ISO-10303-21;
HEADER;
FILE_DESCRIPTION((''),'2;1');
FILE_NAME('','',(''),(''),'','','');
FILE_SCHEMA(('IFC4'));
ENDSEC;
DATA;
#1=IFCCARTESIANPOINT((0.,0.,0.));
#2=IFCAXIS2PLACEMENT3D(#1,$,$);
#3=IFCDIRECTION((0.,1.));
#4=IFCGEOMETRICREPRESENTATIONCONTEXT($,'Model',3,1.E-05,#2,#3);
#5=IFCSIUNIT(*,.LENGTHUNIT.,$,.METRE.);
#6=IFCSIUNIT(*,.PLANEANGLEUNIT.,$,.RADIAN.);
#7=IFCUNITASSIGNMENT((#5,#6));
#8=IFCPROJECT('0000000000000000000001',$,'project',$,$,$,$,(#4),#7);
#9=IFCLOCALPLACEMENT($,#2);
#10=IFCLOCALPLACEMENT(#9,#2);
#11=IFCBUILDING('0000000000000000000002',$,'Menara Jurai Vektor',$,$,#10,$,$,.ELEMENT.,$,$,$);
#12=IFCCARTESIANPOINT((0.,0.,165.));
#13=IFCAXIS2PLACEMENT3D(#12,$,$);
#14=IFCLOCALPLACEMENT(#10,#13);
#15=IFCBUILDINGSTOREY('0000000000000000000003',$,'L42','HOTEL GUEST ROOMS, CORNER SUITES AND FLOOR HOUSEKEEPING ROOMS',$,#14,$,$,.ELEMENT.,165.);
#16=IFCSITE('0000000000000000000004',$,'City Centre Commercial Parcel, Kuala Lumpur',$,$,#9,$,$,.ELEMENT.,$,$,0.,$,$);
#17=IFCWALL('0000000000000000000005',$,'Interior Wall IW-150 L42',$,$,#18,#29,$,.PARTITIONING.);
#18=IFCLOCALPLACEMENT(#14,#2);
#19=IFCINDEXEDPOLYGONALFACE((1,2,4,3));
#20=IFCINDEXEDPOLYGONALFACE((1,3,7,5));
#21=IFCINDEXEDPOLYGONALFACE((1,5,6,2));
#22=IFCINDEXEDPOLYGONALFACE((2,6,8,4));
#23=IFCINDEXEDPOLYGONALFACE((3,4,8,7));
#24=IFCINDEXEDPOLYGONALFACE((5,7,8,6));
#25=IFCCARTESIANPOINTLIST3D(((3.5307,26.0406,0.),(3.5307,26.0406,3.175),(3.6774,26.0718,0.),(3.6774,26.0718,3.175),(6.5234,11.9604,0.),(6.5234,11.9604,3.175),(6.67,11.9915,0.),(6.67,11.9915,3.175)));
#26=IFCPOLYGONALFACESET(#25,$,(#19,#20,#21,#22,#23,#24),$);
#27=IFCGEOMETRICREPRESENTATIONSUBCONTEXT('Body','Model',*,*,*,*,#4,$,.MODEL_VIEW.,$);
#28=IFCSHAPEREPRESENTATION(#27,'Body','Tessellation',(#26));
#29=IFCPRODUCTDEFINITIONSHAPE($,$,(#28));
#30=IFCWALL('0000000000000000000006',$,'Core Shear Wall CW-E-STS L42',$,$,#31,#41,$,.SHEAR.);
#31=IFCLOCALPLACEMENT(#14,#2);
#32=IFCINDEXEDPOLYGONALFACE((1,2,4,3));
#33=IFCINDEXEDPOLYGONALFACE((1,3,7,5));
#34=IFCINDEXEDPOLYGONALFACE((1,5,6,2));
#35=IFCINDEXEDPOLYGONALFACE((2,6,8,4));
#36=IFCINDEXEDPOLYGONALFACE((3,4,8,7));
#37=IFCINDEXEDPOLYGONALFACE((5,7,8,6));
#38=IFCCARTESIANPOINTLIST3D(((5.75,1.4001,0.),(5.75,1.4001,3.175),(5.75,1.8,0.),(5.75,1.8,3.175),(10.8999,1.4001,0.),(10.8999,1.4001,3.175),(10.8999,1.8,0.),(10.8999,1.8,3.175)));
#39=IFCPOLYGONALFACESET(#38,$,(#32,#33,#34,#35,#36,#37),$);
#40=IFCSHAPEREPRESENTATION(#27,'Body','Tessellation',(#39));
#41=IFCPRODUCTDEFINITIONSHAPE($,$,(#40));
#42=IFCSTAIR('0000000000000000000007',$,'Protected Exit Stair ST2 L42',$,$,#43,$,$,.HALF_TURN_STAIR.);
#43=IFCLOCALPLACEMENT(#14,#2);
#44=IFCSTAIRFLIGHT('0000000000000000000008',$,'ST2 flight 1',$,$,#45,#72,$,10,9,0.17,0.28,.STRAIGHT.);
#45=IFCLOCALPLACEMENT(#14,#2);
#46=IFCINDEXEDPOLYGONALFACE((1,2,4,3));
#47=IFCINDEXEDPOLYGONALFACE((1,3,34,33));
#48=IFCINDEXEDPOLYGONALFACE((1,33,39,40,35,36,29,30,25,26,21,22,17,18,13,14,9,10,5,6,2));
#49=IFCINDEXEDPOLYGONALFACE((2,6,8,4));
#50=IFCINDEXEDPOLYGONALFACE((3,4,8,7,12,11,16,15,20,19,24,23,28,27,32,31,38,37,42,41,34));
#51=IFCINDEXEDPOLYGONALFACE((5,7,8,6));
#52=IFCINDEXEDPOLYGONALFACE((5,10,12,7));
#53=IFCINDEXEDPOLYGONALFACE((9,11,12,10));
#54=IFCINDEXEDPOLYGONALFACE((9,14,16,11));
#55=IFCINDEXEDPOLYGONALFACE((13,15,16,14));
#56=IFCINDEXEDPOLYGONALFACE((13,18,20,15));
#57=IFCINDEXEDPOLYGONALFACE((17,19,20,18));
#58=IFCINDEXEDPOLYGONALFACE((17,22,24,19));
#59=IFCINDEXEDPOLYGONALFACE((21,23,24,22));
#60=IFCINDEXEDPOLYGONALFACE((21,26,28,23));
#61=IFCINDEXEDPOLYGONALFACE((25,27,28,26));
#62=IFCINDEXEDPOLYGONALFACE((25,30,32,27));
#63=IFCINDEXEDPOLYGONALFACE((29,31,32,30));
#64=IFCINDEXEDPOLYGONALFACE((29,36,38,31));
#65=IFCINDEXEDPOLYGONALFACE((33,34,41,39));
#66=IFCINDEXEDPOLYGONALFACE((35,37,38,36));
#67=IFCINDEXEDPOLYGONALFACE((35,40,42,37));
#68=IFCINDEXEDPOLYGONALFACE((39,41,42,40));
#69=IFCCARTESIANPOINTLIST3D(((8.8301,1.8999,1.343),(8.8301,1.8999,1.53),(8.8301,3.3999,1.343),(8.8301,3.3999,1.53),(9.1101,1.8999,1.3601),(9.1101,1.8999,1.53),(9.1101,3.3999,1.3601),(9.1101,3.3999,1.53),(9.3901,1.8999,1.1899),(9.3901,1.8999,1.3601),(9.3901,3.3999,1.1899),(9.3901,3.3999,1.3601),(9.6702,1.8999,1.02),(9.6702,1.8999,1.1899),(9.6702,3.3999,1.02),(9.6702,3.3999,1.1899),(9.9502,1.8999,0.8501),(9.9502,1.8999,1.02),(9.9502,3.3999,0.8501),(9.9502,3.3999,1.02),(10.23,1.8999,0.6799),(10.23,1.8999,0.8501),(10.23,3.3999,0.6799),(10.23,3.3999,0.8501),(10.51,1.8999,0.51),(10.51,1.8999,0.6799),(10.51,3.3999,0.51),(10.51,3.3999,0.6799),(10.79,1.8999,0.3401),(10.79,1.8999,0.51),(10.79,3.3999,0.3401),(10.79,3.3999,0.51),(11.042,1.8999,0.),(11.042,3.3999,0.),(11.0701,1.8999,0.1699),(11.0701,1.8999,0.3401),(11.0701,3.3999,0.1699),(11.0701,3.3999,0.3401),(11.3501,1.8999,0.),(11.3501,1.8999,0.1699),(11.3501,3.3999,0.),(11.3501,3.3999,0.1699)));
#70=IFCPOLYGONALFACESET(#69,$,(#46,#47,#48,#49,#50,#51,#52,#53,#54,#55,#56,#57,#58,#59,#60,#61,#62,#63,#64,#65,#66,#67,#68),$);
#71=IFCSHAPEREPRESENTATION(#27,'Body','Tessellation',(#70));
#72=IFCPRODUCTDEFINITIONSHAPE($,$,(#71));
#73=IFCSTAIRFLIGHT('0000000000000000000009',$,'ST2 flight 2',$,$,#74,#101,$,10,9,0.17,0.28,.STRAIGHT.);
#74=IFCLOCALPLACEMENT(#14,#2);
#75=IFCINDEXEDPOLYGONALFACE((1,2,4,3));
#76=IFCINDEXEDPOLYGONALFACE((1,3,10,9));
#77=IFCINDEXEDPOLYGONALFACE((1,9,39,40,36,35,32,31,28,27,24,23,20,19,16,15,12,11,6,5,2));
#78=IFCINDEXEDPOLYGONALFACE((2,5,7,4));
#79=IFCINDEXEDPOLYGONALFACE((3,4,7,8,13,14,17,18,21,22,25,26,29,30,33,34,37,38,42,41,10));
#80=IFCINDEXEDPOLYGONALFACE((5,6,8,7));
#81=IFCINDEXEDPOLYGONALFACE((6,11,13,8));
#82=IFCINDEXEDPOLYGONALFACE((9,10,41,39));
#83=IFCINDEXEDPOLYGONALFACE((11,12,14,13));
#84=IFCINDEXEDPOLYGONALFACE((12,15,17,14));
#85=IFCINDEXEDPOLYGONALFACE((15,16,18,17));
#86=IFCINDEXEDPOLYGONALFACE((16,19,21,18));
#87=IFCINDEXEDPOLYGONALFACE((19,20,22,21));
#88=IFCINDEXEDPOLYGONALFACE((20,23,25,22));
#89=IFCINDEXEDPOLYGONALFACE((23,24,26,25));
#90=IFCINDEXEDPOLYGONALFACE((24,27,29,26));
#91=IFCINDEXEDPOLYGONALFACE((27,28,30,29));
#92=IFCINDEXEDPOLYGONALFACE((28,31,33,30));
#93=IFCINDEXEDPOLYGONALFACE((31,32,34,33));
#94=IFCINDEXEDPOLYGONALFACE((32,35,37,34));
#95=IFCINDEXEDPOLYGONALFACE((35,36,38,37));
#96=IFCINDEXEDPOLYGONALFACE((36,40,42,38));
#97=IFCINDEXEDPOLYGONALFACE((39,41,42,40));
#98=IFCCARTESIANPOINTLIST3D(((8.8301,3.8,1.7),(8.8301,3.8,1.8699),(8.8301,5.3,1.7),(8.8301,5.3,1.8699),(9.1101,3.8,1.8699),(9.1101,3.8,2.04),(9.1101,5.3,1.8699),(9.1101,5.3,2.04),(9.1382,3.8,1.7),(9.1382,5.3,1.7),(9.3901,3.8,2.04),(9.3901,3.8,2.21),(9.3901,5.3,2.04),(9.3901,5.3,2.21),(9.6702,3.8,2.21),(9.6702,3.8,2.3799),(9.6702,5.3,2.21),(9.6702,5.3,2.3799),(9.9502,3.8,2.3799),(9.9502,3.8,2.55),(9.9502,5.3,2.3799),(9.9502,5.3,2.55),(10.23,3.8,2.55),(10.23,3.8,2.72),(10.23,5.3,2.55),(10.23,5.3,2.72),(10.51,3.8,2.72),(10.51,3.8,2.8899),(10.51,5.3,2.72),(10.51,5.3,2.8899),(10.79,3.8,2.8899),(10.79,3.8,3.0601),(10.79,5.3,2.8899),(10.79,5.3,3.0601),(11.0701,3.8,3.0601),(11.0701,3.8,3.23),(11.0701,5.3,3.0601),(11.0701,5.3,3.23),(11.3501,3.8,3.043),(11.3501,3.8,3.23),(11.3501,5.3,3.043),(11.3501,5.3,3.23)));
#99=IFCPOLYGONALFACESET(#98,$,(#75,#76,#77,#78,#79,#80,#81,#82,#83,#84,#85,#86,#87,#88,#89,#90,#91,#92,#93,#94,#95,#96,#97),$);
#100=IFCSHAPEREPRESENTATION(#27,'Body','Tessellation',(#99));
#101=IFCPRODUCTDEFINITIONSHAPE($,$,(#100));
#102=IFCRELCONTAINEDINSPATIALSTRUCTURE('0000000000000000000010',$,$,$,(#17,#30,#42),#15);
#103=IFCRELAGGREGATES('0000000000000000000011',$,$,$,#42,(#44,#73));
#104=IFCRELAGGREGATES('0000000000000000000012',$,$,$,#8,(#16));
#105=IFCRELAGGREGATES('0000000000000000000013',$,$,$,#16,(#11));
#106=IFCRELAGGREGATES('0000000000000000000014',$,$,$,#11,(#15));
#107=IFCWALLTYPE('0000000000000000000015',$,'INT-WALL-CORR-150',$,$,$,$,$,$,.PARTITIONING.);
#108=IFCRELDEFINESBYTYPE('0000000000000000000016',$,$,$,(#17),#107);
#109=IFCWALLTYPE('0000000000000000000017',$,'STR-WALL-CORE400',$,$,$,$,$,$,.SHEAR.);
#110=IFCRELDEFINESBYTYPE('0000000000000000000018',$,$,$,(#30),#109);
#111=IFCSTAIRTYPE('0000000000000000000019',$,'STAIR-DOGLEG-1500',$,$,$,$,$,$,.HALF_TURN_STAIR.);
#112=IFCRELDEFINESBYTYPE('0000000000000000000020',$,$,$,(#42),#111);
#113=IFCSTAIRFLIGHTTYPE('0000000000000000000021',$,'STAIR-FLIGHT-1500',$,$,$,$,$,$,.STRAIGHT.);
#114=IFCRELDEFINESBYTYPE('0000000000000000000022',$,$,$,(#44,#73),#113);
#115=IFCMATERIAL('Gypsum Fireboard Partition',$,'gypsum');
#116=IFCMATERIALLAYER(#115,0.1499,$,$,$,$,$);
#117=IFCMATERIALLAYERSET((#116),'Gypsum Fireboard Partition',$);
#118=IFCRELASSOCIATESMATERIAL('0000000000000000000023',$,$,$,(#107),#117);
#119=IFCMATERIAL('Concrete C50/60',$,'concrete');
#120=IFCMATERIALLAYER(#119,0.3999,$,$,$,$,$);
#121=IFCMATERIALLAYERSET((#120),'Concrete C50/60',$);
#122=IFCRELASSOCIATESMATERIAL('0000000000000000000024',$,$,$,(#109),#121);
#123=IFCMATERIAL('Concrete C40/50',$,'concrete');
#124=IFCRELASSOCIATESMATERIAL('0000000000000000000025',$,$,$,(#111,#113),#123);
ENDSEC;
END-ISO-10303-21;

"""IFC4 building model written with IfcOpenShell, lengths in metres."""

from ifc_helpers import new_model, si_unit, direction, frame, frame_2d, origin, place, context, subcontext, project, spatial, polyline, rectangle, outline, extrude, material, layer, layer_set, type_object, element, aggregate, save


model = new_model("IFC4")

# Units and contexts
model_context = context("Model", 3, precision=1e-05, world=origin(), true_north=direction((0.0, 1.0)))
body_context = subcontext(model_context, "Body", "Model", "MODEL_VIEW")
ifc_project = project(units=[si_unit("LENGTHUNIT", "METRE"), si_unit("PLANEANGLEUNIT", "RADIAN")], contexts=[model_context])

# Site, building, storey
site_placement = place(None, origin())
site = spatial("IfcSite", under=ifc_project, at=site_placement, Name="City Centre Commercial Parcel, Kuala Lumpur", CompositionType="ELEMENT", RefElevation=0.0)
building_placement = place(site_placement, origin())
building = spatial("IfcBuilding", under=site, at=building_placement, Name="Menara Jurai Vektor", CompositionType="ELEMENT")
storey_placement = place(building_placement, frame((0.0, 0.0, 165.0)))
storey = spatial("IfcBuildingStorey", under=building, at=storey_placement, Name="L42", Description="HOTEL GUEST ROOMS, CORNER SUITES AND FLOOR HOUSEKEEPING ROOMS", CompositionType="ELEMENT", Elevation=165.0)

# Shared definitions
ifc_material_1 = material(Name="Concrete C50/60", Category="concrete")

# Shared definitions
ifc_material_2 = material(Name="Concrete C40/50", Category="concrete")
ifc_material_3 = material(Name="Gypsum Fireboard Partition", Category="gypsum")
ifc_layer_1 = layer(ifc_material_3, 0.1499)
ifc_layer_set_1 = layer_set([ifc_layer_1], Name="Gypsum Fireboard Partition")
wall_type_1 = type_object("IfcWallType", Name="INT-WALL-CORR-150", PredefinedType="PARTITIONING", material=ifc_layer_set_1)

# Walls
wall_1_placement = place(storey_placement, frame((6.5967, 11.9761, 0.0), z_axis=(0.0, 0.0, 1.0), x_axis=(-0.207899, 0.97815, 0.0)))
element("IfcWall", 1, at=wall_1_placement, inside=storey, type_object=wall_type_1, Name="Interior Wall IW-150 L42", PredefinedType="PARTITIONING", context=body_context, shape_type="SweptSolid", body=[
    extrude(rectangle(XDim=14.3948, YDim=0.1499, at=frame_2d((7.1973, 0.0))), origin(), (0.0, 0.0, 1.0), 3.175),
])
ifc_layer_2 = layer(ifc_material_1, 0.3999)
ifc_layer_set_2 = layer_set([ifc_layer_2], Name="Concrete C50/60")
wall_type_2 = type_object("IfcWallType", Name="STR-WALL-CORE400", PredefinedType="SHEAR", material=ifc_layer_set_2)
wall_2_placement = place(storey_placement, frame((5.75, 1.6001, 0.0), z_axis=(0.0, 0.0, 1.0), x_axis=(1.0, 0.0, 0.0)))
element("IfcWall", 2, at=wall_2_placement, inside=storey, type_object=wall_type_2, Name="Core Shear Wall CW-E-STS L42", PredefinedType="SHEAR", context=body_context, shape_type="SweptSolid", body=[
    extrude(rectangle(XDim=5.1499, YDim=0.3999, at=frame_2d((2.575, 0.0))), origin(), (0.0, 0.0, 1.0), 3.175),
])

# Stair, stair flights
stair_type = type_object("IfcStairType", Name="STAIR-DOGLEG-1500", PredefinedType="HALF_TURN_STAIR", material=ifc_material_2)
stair_placement = place(storey_placement, origin())
stair = element("IfcStair", 3, at=stair_placement, inside=storey, type_object=stair_type, Name="Protected Exit Stair ST2 L42", PredefinedType="HALF_TURN_STAIR")
stair_flight_type = type_object("IfcStairFlightType", Name="STAIR-FLIGHT-1500", PredefinedType="STRAIGHT", material=ifc_material_2)
stair_flight_1_placement = place(storey_placement, frame((11.3501, 2.6499, 0.0), z_axis=(0.0, 0.0, 1.0), x_axis=(-1.0, 0.0, 0.0)))
stair_flight_1 = element("IfcStairFlight", 4, at=stair_flight_1_placement, type_object=stair_flight_type, Name="ST2 flight 1", NumberOfRisers=10, NumberOfTreads=9, PredefinedType="STRAIGHT", RiserHeight=0.17, TreadLength=0.28, context=body_context, shape_type="SweptSolid", body=[
    extrude(outline(polyline([(0.0, 0.0), (0.0, 0.1699), (0.28, 0.1699), (0.28, 0.3401), (0.5601, 0.3401), (0.5601, 0.51), (0.8401, 0.51), (0.8401, 0.6799), (1.1201, 0.6799), (1.1201, 0.8501), (1.3999, 0.8501), (1.3999, 1.02), (1.6799, 1.02), (1.6799, 1.1899), (1.96, 1.1899), (1.96, 1.3601), (2.24, 1.3601), (2.24, 1.53), (2.52, 1.53), (2.52, 1.7), (2.52, 1.343), (0.3081, 0.0), (0.0, 0.0)])), frame((0.0, 0.75, 0.0), z_axis=(0.0, -1.0, 0.0), x_axis=(1.0, 0.0, 0.0)), (0.0, 0.0, 1.0), 1.5),
])
stair_flight_2_placement = place(storey_placement, frame((8.8301, 4.55, 1.7), z_axis=(0.0, 0.0, 1.0), x_axis=(1.0, 0.0, 0.0)))
stair_flight_2 = element("IfcStairFlight", 5, at=stair_flight_2_placement, type_object=stair_flight_type, Name="ST2 flight 2", NumberOfRisers=10, NumberOfTreads=9, PredefinedType="STRAIGHT", RiserHeight=0.17, TreadLength=0.28, context=body_context, shape_type="SweptSolid", body=[
    extrude(outline(polyline([(0.0, 0.0), (0.0, 0.1699), (0.28, 0.1699), (0.28, 0.3401), (0.5601, 0.3401), (0.5601, 0.51), (0.8401, 0.51), (0.8401, 0.6799), (1.1201, 0.6799), (1.1201, 0.8501), (1.3999, 0.8501), (1.3999, 1.02), (1.6799, 1.02), (1.6799, 1.1899), (1.96, 1.1899), (1.96, 1.3601), (2.24, 1.3601), (2.24, 1.53), (2.52, 1.53), (2.52, 1.7), (2.52, 1.343), (0.3081, 0.0), (0.0, 0.0)])), frame((0.0, 0.75, 0.0), z_axis=(0.0, -1.0, 0.0), x_axis=(1.0, 0.0, 0.0)), (0.0, 0.0, 1.0), 1.5),
])
aggregate(stair, [stair_flight_1, stair_flight_2])

save(model, "model.ifc")
